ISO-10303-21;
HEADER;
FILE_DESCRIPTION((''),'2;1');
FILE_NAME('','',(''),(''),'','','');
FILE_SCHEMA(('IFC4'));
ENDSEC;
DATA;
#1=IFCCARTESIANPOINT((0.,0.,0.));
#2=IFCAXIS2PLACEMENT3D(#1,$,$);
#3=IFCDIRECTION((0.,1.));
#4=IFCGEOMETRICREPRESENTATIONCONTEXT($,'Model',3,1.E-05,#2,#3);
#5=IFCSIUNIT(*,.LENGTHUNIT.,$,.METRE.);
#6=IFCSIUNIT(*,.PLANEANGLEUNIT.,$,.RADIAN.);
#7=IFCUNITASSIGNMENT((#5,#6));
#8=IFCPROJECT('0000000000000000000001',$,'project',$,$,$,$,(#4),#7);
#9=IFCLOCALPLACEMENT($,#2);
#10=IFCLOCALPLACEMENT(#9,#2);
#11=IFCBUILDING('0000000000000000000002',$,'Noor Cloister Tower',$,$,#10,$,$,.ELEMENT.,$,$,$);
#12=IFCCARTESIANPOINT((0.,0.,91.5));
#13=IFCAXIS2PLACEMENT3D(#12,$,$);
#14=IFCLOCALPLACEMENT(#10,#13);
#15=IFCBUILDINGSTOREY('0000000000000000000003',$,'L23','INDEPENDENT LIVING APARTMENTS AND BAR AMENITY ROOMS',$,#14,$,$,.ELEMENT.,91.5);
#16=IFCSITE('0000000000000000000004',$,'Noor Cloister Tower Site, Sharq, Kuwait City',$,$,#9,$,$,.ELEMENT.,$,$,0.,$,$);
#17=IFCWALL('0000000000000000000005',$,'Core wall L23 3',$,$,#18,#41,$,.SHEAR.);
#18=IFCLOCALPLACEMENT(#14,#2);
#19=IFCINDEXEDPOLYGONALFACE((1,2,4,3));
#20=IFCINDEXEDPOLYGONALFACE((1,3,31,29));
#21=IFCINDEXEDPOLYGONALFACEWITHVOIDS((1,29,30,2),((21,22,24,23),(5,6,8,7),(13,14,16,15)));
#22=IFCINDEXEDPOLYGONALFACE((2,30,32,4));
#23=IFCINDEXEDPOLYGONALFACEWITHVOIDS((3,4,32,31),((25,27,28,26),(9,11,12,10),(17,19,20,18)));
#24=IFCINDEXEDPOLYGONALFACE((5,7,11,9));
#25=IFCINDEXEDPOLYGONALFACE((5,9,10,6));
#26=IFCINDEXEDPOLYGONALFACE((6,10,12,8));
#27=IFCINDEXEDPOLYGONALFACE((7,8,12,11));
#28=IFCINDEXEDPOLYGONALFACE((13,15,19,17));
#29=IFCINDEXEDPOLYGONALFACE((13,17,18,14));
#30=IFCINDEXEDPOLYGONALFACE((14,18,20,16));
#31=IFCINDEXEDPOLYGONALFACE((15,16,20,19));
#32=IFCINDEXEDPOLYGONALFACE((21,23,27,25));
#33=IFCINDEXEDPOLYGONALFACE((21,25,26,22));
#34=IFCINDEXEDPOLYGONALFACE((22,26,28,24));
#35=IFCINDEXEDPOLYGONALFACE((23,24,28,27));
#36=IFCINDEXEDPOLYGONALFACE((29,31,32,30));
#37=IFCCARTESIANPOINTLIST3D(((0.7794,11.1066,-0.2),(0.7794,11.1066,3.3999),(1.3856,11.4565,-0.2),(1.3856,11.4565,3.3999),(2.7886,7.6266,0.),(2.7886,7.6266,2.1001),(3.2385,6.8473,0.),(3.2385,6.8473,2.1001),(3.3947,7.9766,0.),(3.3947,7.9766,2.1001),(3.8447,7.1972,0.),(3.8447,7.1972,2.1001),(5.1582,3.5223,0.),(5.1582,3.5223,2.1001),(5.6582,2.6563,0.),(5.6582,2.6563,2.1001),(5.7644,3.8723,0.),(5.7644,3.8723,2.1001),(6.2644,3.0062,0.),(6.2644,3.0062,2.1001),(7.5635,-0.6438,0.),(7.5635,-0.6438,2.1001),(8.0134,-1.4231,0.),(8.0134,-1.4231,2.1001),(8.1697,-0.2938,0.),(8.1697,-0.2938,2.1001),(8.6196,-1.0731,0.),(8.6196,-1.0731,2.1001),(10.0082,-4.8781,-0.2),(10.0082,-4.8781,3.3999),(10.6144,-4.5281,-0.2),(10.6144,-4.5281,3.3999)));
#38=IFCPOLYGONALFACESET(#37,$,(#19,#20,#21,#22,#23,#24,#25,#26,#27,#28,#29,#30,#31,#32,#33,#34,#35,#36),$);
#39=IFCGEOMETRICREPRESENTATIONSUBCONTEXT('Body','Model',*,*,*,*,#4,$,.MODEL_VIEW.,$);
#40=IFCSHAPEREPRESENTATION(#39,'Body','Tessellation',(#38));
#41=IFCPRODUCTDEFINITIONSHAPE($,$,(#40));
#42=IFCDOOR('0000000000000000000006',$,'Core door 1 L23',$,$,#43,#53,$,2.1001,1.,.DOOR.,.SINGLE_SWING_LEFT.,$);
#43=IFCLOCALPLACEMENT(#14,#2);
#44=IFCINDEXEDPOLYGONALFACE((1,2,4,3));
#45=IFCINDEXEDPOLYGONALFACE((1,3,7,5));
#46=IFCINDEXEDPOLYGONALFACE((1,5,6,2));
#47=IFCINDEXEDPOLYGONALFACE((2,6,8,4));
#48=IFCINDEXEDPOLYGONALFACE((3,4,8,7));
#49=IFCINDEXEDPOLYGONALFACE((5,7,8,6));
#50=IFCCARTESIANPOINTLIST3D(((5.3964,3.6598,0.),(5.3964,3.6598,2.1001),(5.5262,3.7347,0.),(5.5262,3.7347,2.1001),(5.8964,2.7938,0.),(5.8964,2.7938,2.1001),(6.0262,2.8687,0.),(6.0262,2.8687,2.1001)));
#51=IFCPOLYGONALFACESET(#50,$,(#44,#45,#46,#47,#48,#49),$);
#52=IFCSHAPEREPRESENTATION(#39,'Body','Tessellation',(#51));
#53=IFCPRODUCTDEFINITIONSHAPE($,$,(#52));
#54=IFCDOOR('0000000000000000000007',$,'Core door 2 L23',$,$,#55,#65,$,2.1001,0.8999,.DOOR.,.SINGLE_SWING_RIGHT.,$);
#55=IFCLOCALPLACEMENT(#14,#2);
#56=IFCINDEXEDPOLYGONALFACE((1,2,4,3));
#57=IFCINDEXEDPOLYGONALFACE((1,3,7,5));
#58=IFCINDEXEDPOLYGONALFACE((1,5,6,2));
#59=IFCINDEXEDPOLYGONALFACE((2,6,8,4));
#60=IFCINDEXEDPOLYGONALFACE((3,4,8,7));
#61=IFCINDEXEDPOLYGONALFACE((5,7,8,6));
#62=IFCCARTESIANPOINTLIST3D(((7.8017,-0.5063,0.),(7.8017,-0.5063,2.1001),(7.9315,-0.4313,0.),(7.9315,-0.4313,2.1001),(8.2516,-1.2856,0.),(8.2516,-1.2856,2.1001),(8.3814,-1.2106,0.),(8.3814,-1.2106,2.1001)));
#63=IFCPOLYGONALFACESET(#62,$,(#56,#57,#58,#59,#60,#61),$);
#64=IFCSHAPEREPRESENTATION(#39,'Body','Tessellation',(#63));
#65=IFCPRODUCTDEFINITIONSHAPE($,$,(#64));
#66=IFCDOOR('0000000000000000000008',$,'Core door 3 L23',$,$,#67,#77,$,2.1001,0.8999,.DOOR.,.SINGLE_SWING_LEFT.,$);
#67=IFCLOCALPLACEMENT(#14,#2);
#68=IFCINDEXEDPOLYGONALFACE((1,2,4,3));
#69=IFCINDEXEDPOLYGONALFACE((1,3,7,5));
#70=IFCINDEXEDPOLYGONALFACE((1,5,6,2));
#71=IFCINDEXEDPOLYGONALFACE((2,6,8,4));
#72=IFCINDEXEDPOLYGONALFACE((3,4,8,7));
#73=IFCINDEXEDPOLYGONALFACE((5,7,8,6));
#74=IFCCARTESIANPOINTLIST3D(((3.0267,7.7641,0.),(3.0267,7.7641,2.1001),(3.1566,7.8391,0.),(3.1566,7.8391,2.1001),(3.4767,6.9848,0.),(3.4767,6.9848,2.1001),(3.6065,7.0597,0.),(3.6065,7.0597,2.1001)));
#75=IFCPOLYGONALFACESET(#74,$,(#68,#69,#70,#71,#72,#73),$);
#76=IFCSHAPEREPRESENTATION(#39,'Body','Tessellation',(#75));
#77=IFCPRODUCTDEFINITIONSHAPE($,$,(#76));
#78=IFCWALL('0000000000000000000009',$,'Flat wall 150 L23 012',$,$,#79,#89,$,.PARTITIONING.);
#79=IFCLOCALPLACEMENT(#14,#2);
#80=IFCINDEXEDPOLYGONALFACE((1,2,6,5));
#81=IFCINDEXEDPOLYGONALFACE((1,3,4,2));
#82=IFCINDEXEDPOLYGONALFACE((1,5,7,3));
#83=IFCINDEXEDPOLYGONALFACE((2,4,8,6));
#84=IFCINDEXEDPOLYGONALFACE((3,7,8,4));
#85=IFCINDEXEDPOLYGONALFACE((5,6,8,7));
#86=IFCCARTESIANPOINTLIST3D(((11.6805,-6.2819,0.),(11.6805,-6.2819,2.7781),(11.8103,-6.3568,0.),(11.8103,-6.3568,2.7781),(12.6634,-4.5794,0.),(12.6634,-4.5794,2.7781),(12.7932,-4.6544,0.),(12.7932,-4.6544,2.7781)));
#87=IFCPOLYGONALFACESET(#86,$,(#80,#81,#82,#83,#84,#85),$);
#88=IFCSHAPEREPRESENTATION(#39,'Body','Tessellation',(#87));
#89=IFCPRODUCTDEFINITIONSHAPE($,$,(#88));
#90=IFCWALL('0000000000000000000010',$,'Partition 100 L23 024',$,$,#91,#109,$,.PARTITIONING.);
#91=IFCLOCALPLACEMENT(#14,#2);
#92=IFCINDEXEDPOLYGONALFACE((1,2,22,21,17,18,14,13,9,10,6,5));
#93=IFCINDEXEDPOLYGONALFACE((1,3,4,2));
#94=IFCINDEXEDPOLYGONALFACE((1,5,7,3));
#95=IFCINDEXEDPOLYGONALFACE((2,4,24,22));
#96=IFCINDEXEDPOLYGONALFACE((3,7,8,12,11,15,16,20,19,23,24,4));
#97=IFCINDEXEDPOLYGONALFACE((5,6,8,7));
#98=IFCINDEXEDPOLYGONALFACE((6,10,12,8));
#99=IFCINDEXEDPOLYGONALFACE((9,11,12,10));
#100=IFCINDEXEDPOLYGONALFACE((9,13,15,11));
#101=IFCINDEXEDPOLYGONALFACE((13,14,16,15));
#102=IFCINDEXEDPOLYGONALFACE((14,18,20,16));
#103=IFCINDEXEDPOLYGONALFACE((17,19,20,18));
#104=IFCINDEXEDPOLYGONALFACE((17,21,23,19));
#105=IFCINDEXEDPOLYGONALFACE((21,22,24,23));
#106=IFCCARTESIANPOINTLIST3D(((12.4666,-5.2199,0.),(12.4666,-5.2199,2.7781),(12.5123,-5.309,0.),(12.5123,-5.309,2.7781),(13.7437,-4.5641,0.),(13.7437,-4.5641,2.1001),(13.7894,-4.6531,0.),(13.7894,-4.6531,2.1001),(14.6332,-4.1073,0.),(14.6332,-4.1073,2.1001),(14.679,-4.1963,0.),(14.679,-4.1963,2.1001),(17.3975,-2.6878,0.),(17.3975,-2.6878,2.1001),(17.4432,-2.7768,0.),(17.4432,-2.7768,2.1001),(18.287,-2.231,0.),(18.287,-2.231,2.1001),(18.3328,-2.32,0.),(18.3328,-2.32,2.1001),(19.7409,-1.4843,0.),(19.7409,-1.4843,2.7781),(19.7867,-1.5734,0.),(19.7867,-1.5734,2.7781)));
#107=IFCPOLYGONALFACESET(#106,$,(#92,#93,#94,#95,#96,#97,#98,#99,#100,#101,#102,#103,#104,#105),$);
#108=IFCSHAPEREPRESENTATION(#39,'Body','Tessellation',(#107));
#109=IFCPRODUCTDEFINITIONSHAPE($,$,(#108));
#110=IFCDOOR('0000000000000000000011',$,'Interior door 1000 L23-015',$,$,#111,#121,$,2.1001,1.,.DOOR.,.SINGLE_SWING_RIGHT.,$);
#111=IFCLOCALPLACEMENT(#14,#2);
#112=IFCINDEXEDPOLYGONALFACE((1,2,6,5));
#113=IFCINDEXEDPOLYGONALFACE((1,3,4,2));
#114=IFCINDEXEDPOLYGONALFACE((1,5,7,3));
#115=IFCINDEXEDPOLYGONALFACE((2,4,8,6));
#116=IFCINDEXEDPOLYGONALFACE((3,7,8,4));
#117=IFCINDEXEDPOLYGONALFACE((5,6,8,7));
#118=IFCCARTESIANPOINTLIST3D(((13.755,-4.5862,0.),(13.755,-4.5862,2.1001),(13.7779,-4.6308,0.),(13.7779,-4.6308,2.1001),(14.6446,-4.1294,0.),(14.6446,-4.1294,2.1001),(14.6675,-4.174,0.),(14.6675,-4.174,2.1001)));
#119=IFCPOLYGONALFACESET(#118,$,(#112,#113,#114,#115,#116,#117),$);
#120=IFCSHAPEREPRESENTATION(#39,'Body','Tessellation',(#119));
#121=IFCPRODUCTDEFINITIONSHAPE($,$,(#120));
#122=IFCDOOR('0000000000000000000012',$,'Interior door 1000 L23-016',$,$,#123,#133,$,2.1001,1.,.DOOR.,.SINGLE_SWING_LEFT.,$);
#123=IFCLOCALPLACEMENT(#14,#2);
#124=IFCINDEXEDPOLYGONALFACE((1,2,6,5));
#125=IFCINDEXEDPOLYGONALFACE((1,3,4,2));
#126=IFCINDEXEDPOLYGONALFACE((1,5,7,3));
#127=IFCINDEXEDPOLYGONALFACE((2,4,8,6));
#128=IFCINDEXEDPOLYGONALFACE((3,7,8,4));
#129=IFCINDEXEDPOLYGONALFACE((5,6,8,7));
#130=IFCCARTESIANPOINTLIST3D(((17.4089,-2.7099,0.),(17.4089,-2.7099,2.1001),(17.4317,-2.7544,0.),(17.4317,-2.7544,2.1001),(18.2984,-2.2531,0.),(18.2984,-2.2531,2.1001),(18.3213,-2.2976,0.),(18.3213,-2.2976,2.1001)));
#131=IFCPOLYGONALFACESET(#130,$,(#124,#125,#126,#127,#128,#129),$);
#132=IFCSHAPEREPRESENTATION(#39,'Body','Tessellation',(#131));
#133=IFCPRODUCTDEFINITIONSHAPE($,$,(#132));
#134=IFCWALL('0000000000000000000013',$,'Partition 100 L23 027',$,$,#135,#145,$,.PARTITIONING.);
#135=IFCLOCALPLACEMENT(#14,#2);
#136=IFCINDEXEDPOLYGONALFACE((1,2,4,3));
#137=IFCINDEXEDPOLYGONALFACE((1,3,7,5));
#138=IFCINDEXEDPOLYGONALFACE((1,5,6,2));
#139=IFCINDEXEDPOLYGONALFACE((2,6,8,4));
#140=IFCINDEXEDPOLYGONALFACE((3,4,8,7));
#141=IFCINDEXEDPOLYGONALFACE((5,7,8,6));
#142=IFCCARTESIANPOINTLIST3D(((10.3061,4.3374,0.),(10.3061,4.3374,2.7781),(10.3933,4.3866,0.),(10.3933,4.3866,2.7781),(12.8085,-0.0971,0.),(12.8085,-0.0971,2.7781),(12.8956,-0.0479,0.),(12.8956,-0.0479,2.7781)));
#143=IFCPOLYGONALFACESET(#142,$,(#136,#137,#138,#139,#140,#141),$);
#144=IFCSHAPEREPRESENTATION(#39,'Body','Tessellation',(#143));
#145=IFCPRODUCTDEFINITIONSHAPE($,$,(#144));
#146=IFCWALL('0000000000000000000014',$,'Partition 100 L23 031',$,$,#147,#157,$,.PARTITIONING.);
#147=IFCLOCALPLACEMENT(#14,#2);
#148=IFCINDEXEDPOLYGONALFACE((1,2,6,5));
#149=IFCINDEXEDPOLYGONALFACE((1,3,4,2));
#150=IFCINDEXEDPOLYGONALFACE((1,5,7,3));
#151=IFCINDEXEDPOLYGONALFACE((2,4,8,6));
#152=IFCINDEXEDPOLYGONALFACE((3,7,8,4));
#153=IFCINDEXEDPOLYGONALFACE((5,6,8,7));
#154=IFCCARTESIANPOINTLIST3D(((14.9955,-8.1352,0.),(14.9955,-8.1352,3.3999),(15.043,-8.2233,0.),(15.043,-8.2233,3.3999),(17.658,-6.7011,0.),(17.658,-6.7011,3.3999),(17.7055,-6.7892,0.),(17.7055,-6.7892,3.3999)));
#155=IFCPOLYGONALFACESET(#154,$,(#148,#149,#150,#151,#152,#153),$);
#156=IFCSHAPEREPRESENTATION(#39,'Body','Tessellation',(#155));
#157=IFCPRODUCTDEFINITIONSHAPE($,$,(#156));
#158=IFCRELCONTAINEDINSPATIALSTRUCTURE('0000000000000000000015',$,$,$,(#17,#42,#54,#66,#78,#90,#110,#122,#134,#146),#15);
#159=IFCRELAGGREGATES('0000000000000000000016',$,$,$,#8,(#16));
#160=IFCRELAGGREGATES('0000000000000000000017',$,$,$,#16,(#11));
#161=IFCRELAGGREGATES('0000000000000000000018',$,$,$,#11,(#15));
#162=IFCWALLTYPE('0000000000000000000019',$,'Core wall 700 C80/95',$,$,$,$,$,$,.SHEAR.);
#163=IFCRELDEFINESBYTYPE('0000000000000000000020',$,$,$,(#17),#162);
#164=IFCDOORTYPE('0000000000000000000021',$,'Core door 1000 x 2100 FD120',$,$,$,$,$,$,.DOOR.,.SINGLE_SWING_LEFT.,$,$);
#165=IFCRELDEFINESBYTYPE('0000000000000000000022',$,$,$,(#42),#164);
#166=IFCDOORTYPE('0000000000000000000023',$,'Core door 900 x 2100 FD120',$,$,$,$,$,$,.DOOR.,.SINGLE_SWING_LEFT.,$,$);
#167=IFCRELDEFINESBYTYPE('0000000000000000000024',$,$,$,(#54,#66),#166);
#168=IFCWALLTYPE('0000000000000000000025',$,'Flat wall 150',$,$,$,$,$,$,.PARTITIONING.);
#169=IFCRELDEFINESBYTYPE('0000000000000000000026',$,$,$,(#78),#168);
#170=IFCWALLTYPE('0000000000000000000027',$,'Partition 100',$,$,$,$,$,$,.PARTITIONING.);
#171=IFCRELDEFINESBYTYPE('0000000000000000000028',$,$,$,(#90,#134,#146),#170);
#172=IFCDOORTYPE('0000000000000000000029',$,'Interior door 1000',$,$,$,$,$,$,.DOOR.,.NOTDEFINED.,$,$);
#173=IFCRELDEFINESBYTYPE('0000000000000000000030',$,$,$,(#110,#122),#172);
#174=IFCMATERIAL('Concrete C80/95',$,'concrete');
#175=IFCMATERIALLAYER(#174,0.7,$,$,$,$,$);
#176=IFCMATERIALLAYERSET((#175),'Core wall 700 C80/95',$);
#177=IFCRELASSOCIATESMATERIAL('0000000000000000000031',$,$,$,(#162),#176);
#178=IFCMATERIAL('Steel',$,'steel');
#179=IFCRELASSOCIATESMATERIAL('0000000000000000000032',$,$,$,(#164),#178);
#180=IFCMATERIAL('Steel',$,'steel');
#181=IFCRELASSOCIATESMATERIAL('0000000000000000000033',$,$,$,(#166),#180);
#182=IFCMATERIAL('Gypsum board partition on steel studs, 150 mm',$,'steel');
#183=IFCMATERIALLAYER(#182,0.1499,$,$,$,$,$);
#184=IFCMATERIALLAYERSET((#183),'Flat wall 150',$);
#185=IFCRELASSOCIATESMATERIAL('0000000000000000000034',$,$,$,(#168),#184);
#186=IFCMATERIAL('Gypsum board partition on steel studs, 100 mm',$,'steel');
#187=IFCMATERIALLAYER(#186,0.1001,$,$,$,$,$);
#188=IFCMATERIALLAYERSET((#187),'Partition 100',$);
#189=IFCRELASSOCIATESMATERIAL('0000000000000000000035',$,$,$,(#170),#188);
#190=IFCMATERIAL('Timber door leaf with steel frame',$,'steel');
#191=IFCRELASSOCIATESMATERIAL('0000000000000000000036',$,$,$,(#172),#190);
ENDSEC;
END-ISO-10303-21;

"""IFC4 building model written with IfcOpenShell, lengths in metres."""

from ifc_helpers import new_model, si_unit, direction, frame, frame_2d, origin, place, context, subcontext, project, spatial, rectangle, extrude, material, layer, layer_set, type_object, element, fill, save


model = new_model("IFC4")

# Units and contexts
model_context = context("Model", 3, precision=1e-05, world=origin(), true_north=direction((0.0, 1.0)))
body_context = subcontext(model_context, "Body", "Model", "MODEL_VIEW")
ifc_project = project(units=[si_unit("LENGTHUNIT", "METRE"), si_unit("PLANEANGLEUNIT", "RADIAN")], contexts=[model_context])

# Site, building, storey
site_placement = place(None, origin())
site = spatial("IfcSite", under=ifc_project, at=site_placement, Name="Noor Cloister Tower Site, Sharq, Kuwait City", CompositionType="ELEMENT", RefElevation=0.0)
building_placement = place(site_placement, origin())
building = spatial("IfcBuilding", under=site, at=building_placement, Name="Noor Cloister Tower", CompositionType="ELEMENT")
storey_placement = place(building_placement, frame((0.0, 0.0, 91.5)))
storey = spatial("IfcBuildingStorey", under=building, at=storey_placement, Name="L23", Description="INDEPENDENT LIVING APARTMENTS AND BAR AMENITY ROOMS", CompositionType="ELEMENT", Elevation=91.5)

# Wall, openings, doors
ifc_material_1 = material(Name="Concrete C80/95", Category="concrete")
ifc_layer_1 = layer(ifc_material_1, 0.7)
ifc_layer_set_1 = layer_set([ifc_layer_1], Name="Core wall 700 C80/95")
wall_type_1 = type_object("IfcWallType", Name="Core wall 700 C80/95", PredefinedType="SHEAR", material=ifc_layer_set_1)
wall_1_placement = place(storey_placement, frame((10.3113, -4.7031, -0.2), z_axis=(0.0, 0.0, 1.0), x_axis=(-0.500001, 0.866025, 0.0)))
wall_1 = element("IfcWall", 1, at=wall_1_placement, inside=storey, type_object=wall_type_1, Name="Core wall L23 3", PredefinedType="SHEAR", context=body_context, shape_type="SweptSolid", body=[
    extrude(rectangle(XDim=18.4575, YDim=0.7, at=frame_2d((9.2288, 0.0))), origin(), (0.0, 0.0, 1.0), 3.5999),
])
opening_1_placement = place(wall_1_placement, frame((8.7, 0.0, 0.2)))
opening_1 = element("IfcOpeningElement", 2, at=opening_1_placement, cuts=wall_1, PredefinedType="OPENING", context=body_context, shape_type="SweptSolid", body=[
    extrude(rectangle(XDim=1.0, YDim=2.1001, at=frame_2d((0.5, 1.05))), frame((0.0, 0.3599, 0.0), z_axis=(0.0, -1.0, 0.0), x_axis=(1.0, 0.0, 0.0)), (0.0, 0.0, 1.0), 0.72),
])
opening_2_placement = place(wall_1_placement, frame((3.9895, 0.0, 0.2)))
opening_2 = element("IfcOpeningElement", 3, at=opening_2_placement, cuts=wall_1, PredefinedType="OPENING", context=body_context, shape_type="SweptSolid", body=[
    extrude(rectangle(XDim=0.8999, YDim=2.1001, at=frame_2d((0.45, 1.05))), frame((0.0, 0.3599, 0.0), z_axis=(0.0, -1.0, 0.0), x_axis=(1.0, 0.0, 0.0)), (0.0, 0.0, 1.0), 0.72),
])
opening_3_placement = place(wall_1_placement, frame((13.5393, 0.0, 0.2)))
opening_3 = element("IfcOpeningElement", 4, at=opening_3_placement, cuts=wall_1, PredefinedType="OPENING", context=body_context, shape_type="SweptSolid", body=[
    extrude(rectangle(XDim=0.8999, YDim=2.1001, at=frame_2d((0.45, 1.05))), frame((0.0, 0.3599, 0.0), z_axis=(0.0, -1.0, 0.0), x_axis=(1.0, 0.0, 0.0)), (0.0, 0.0, 1.0), 0.72),
])
ifc_material_2 = material(Name="Steel", Category="steel")
door_type_1 = type_object("IfcDoorType", Name="Core door 1000 x 2100 FD120", OperationType="SINGLE_SWING_LEFT", PredefinedType="DOOR", material=ifc_material_2)
door_1_placement = place(opening_1_placement, origin())
door_1 = element("IfcDoor", 5, at=door_1_placement, inside=storey, type_object=door_type_1, Name="Core door 1 L23", OperationType="SINGLE_SWING_LEFT", OverallHeight=2.1001, OverallWidth=1.0, PredefinedType="DOOR", context=body_context, shape_type="SweptSolid", body=[
    extrude(rectangle(XDim=1.0, YDim=2.1001, at=frame_2d((0.5, 1.05))), frame((0.0, 0.075, 0.0), z_axis=(0.0, -1.0, 0.0), x_axis=(1.0, 0.0, 0.0)), (0.0, 0.0, 1.0), 0.1499),
])
fill(opening_1, door_1)
ifc_material_3 = material(Name="Steel", Category="steel")
door_type_2 = type_object("IfcDoorType", Name="Core door 900 x 2100 FD120", OperationType="SINGLE_SWING_LEFT", PredefinedType="DOOR", material=ifc_material_3)
door_2_placement = place(opening_2_placement, origin())
door_2 = element("IfcDoor", 6, at=door_2_placement, inside=storey, type_object=door_type_2, Name="Core door 2 L23", OperationType="SINGLE_SWING_RIGHT", OverallHeight=2.1001, OverallWidth=0.8999, PredefinedType="DOOR", context=body_context, shape_type="SweptSolid", body=[
    extrude(rectangle(XDim=0.8999, YDim=2.1001, at=frame_2d((0.45, 1.05))), frame((0.0, 0.075, 0.0), z_axis=(0.0, -1.0, 0.0), x_axis=(1.0, 0.0, 0.0)), (0.0, 0.0, 1.0), 0.1499),
])
fill(opening_2, door_2)
door_3_placement = place(opening_3_placement, origin())
door_3 = element("IfcDoor", 7, at=door_3_placement, inside=storey, type_object=door_type_2, Name="Core door 3 L23", OperationType="SINGLE_SWING_LEFT", OverallHeight=2.1001, OverallWidth=0.8999, PredefinedType="DOOR", context=body_context, shape_type="SweptSolid", body=[
    extrude(rectangle(XDim=0.8999, YDim=2.1001, at=frame_2d((0.45, 1.05))), frame((0.0, 0.075, 0.0), z_axis=(0.0, -1.0, 0.0), x_axis=(1.0, 0.0, 0.0)), (0.0, 0.0, 1.0), 0.1499),
])
fill(opening_3, door_3)

# Wall
ifc_material_4 = material(Name="Gypsum board partition on steel studs, 150 mm", Category="steel")
ifc_layer_2 = layer(ifc_material_4, 0.1499)
ifc_layer_set_2 = layer_set([ifc_layer_2], Name="Flat wall 150")
wall_type_2 = type_object("IfcWallType", Name="Flat wall 150", PredefinedType="PARTITIONING", material=ifc_layer_set_2)
wall_2_placement = place(storey_placement, frame((11.7454, -6.3193, 0.0), z_axis=(0.0, 0.0, 1.0), x_axis=(0.500013, 0.866018, 0.0)))
element("IfcWall", 8, at=wall_2_placement, inside=storey, type_object=wall_type_2, Name="Flat wall 150 L23 012", PredefinedType="PARTITIONING", context=body_context, shape_type="SweptSolid", body=[
    extrude(rectangle(XDim=1.9658, YDim=0.1499, at=frame_2d((0.9829, 0.0))), origin(), (0.0, 0.0, 1.0), 2.7781),
])

# Wall, openings, doors
ifc_material_5 = material(Name="Gypsum board partition on steel studs, 100 mm", Category="steel")
ifc_layer_3 = layer(ifc_material_5, 0.1001)
ifc_layer_set_3 = layer_set([ifc_layer_3], Name="Partition 100")
wall_type_3 = type_object("IfcWallType", Name="Partition 100", PredefinedType="PARTITIONING", material=ifc_layer_set_3)
wall_3_placement = place(storey_placement, frame((19.7639, -1.5288, 0.0), z_axis=(0.0, 0.0, 1.0), x_axis=(-0.889563, -0.456813, 0.0)))
wall_3 = element("IfcWall", 9, at=wall_3_placement, inside=storey, type_object=wall_type_3, Name="Partition 100 L23 024", PredefinedType="PARTITIONING", context=body_context, shape_type="SweptSolid", body=[
    extrude(rectangle(XDim=8.1775, YDim=0.1001, at=frame_2d((4.0889, 0.0))), origin(), (0.0, 0.0, 1.0), 2.7781),
])
opening_4_placement = place(wall_3_placement, frame((5.7419, 0.0, 0.0)))
opening_4 = element("IfcOpeningElement", 10, at=opening_4_placement, cuts=wall_3, PredefinedType="OPENING", context=body_context, shape_type="SweptSolid", body=[
    extrude(rectangle(XDim=1.0, YDim=2.1001, at=frame_2d((0.5, 1.05))), frame((0.0, 0.0601, 0.0), z_axis=(0.0, -1.0, 0.0), x_axis=(1.0, 0.0, 0.0)), (0.0, 0.0, 1.0), 0.1201),
])
opening_5_placement = place(wall_3_placement, frame((1.6345, 0.0, 0.0)))
opening_5 = element("IfcOpeningElement", 11, at=opening_5_placement, cuts=wall_3, PredefinedType="OPENING", context=body_context, shape_type="SweptSolid", body=[
    extrude(rectangle(XDim=1.0, YDim=2.1001, at=frame_2d((0.5, 1.05))), frame((0.0, 0.0601, 0.0), z_axis=(0.0, -1.0, 0.0), x_axis=(1.0, 0.0, 0.0)), (0.0, 0.0, 1.0), 0.1201),
])
ifc_material_6 = material(Name="Timber door leaf with steel frame", Category="steel")
door_type_3 = type_object("IfcDoorType", Name="Interior door 1000", OperationType="NOTDEFINED", PredefinedType="DOOR", material=ifc_material_6)
door_4_placement = place(opening_4_placement, origin())
door_4 = element("IfcDoor", 12, at=door_4_placement, inside=storey, type_object=door_type_3, Name="Interior door 1000 L23-015", OperationType="SINGLE_SWING_RIGHT", OverallHeight=2.1001, OverallWidth=1.0, PredefinedType="DOOR", context=body_context, shape_type="SweptSolid", body=[
    extrude(rectangle(XDim=1.0, YDim=2.1001, at=frame_2d((0.5, 1.05))), frame((0.0, 0.0249, 0.0), z_axis=(0.0, -1.0, 0.0), x_axis=(1.0, 0.0, 0.0)), (0.0, 0.0, 1.0), 0.05),
])
fill(opening_4, door_4)
door_5_placement = place(opening_5_placement, origin())
door_5 = element("IfcDoor", 13, at=door_5_placement, inside=storey, type_object=door_type_3, Name="Interior door 1000 L23-016", OperationType="SINGLE_SWING_LEFT", OverallHeight=2.1001, OverallWidth=1.0, PredefinedType="DOOR", context=body_context, shape_type="SweptSolid", body=[
    extrude(rectangle(XDim=1.0, YDim=2.1001, at=frame_2d((0.5, 1.05))), frame((0.0, 0.0249, 0.0), z_axis=(0.0, -1.0, 0.0), x_axis=(1.0, 0.0, 0.0)), (0.0, 0.0, 1.0), 0.05),
])
fill(opening_5, door_5)

# Walls
wall_4_placement = place(storey_placement, frame((12.8521, -0.0725, 0.0), z_axis=(0.0, 0.0, 1.0), x_axis=(-0.491454, 0.870904, 0.0)))
element("IfcWall", 14, at=wall_4_placement, inside=storey, type_object=wall_type_3, Name="Partition 100 L23 027", PredefinedType="PARTITIONING", context=body_context, shape_type="SweptSolid", body=[
    extrude(rectangle(XDim=5.0918, YDim=0.1001, at=frame_2d((2.5459, 0.0))), origin(), (0.0, 0.0, 1.0), 2.7781),
])
wall_5_placement = place(storey_placement, frame((17.6819, -6.7451, 0.0), z_axis=(0.0, 0.0, 1.0), x_axis=(-0.880419, -0.474196, 0.0)))
element("IfcWall", 15, at=wall_5_placement, inside=storey, type_object=wall_type_3, Name="Partition 100 L23 031", PredefinedType="PARTITIONING", context=body_context, shape_type="SweptSolid", body=[
    extrude(rectangle(XDim=3.0242, YDim=0.1001, at=frame_2d((1.5122, 0.0))), origin(), (0.0, 0.0, 1.0), 3.3999),
])

save(model, "model.ifc")
